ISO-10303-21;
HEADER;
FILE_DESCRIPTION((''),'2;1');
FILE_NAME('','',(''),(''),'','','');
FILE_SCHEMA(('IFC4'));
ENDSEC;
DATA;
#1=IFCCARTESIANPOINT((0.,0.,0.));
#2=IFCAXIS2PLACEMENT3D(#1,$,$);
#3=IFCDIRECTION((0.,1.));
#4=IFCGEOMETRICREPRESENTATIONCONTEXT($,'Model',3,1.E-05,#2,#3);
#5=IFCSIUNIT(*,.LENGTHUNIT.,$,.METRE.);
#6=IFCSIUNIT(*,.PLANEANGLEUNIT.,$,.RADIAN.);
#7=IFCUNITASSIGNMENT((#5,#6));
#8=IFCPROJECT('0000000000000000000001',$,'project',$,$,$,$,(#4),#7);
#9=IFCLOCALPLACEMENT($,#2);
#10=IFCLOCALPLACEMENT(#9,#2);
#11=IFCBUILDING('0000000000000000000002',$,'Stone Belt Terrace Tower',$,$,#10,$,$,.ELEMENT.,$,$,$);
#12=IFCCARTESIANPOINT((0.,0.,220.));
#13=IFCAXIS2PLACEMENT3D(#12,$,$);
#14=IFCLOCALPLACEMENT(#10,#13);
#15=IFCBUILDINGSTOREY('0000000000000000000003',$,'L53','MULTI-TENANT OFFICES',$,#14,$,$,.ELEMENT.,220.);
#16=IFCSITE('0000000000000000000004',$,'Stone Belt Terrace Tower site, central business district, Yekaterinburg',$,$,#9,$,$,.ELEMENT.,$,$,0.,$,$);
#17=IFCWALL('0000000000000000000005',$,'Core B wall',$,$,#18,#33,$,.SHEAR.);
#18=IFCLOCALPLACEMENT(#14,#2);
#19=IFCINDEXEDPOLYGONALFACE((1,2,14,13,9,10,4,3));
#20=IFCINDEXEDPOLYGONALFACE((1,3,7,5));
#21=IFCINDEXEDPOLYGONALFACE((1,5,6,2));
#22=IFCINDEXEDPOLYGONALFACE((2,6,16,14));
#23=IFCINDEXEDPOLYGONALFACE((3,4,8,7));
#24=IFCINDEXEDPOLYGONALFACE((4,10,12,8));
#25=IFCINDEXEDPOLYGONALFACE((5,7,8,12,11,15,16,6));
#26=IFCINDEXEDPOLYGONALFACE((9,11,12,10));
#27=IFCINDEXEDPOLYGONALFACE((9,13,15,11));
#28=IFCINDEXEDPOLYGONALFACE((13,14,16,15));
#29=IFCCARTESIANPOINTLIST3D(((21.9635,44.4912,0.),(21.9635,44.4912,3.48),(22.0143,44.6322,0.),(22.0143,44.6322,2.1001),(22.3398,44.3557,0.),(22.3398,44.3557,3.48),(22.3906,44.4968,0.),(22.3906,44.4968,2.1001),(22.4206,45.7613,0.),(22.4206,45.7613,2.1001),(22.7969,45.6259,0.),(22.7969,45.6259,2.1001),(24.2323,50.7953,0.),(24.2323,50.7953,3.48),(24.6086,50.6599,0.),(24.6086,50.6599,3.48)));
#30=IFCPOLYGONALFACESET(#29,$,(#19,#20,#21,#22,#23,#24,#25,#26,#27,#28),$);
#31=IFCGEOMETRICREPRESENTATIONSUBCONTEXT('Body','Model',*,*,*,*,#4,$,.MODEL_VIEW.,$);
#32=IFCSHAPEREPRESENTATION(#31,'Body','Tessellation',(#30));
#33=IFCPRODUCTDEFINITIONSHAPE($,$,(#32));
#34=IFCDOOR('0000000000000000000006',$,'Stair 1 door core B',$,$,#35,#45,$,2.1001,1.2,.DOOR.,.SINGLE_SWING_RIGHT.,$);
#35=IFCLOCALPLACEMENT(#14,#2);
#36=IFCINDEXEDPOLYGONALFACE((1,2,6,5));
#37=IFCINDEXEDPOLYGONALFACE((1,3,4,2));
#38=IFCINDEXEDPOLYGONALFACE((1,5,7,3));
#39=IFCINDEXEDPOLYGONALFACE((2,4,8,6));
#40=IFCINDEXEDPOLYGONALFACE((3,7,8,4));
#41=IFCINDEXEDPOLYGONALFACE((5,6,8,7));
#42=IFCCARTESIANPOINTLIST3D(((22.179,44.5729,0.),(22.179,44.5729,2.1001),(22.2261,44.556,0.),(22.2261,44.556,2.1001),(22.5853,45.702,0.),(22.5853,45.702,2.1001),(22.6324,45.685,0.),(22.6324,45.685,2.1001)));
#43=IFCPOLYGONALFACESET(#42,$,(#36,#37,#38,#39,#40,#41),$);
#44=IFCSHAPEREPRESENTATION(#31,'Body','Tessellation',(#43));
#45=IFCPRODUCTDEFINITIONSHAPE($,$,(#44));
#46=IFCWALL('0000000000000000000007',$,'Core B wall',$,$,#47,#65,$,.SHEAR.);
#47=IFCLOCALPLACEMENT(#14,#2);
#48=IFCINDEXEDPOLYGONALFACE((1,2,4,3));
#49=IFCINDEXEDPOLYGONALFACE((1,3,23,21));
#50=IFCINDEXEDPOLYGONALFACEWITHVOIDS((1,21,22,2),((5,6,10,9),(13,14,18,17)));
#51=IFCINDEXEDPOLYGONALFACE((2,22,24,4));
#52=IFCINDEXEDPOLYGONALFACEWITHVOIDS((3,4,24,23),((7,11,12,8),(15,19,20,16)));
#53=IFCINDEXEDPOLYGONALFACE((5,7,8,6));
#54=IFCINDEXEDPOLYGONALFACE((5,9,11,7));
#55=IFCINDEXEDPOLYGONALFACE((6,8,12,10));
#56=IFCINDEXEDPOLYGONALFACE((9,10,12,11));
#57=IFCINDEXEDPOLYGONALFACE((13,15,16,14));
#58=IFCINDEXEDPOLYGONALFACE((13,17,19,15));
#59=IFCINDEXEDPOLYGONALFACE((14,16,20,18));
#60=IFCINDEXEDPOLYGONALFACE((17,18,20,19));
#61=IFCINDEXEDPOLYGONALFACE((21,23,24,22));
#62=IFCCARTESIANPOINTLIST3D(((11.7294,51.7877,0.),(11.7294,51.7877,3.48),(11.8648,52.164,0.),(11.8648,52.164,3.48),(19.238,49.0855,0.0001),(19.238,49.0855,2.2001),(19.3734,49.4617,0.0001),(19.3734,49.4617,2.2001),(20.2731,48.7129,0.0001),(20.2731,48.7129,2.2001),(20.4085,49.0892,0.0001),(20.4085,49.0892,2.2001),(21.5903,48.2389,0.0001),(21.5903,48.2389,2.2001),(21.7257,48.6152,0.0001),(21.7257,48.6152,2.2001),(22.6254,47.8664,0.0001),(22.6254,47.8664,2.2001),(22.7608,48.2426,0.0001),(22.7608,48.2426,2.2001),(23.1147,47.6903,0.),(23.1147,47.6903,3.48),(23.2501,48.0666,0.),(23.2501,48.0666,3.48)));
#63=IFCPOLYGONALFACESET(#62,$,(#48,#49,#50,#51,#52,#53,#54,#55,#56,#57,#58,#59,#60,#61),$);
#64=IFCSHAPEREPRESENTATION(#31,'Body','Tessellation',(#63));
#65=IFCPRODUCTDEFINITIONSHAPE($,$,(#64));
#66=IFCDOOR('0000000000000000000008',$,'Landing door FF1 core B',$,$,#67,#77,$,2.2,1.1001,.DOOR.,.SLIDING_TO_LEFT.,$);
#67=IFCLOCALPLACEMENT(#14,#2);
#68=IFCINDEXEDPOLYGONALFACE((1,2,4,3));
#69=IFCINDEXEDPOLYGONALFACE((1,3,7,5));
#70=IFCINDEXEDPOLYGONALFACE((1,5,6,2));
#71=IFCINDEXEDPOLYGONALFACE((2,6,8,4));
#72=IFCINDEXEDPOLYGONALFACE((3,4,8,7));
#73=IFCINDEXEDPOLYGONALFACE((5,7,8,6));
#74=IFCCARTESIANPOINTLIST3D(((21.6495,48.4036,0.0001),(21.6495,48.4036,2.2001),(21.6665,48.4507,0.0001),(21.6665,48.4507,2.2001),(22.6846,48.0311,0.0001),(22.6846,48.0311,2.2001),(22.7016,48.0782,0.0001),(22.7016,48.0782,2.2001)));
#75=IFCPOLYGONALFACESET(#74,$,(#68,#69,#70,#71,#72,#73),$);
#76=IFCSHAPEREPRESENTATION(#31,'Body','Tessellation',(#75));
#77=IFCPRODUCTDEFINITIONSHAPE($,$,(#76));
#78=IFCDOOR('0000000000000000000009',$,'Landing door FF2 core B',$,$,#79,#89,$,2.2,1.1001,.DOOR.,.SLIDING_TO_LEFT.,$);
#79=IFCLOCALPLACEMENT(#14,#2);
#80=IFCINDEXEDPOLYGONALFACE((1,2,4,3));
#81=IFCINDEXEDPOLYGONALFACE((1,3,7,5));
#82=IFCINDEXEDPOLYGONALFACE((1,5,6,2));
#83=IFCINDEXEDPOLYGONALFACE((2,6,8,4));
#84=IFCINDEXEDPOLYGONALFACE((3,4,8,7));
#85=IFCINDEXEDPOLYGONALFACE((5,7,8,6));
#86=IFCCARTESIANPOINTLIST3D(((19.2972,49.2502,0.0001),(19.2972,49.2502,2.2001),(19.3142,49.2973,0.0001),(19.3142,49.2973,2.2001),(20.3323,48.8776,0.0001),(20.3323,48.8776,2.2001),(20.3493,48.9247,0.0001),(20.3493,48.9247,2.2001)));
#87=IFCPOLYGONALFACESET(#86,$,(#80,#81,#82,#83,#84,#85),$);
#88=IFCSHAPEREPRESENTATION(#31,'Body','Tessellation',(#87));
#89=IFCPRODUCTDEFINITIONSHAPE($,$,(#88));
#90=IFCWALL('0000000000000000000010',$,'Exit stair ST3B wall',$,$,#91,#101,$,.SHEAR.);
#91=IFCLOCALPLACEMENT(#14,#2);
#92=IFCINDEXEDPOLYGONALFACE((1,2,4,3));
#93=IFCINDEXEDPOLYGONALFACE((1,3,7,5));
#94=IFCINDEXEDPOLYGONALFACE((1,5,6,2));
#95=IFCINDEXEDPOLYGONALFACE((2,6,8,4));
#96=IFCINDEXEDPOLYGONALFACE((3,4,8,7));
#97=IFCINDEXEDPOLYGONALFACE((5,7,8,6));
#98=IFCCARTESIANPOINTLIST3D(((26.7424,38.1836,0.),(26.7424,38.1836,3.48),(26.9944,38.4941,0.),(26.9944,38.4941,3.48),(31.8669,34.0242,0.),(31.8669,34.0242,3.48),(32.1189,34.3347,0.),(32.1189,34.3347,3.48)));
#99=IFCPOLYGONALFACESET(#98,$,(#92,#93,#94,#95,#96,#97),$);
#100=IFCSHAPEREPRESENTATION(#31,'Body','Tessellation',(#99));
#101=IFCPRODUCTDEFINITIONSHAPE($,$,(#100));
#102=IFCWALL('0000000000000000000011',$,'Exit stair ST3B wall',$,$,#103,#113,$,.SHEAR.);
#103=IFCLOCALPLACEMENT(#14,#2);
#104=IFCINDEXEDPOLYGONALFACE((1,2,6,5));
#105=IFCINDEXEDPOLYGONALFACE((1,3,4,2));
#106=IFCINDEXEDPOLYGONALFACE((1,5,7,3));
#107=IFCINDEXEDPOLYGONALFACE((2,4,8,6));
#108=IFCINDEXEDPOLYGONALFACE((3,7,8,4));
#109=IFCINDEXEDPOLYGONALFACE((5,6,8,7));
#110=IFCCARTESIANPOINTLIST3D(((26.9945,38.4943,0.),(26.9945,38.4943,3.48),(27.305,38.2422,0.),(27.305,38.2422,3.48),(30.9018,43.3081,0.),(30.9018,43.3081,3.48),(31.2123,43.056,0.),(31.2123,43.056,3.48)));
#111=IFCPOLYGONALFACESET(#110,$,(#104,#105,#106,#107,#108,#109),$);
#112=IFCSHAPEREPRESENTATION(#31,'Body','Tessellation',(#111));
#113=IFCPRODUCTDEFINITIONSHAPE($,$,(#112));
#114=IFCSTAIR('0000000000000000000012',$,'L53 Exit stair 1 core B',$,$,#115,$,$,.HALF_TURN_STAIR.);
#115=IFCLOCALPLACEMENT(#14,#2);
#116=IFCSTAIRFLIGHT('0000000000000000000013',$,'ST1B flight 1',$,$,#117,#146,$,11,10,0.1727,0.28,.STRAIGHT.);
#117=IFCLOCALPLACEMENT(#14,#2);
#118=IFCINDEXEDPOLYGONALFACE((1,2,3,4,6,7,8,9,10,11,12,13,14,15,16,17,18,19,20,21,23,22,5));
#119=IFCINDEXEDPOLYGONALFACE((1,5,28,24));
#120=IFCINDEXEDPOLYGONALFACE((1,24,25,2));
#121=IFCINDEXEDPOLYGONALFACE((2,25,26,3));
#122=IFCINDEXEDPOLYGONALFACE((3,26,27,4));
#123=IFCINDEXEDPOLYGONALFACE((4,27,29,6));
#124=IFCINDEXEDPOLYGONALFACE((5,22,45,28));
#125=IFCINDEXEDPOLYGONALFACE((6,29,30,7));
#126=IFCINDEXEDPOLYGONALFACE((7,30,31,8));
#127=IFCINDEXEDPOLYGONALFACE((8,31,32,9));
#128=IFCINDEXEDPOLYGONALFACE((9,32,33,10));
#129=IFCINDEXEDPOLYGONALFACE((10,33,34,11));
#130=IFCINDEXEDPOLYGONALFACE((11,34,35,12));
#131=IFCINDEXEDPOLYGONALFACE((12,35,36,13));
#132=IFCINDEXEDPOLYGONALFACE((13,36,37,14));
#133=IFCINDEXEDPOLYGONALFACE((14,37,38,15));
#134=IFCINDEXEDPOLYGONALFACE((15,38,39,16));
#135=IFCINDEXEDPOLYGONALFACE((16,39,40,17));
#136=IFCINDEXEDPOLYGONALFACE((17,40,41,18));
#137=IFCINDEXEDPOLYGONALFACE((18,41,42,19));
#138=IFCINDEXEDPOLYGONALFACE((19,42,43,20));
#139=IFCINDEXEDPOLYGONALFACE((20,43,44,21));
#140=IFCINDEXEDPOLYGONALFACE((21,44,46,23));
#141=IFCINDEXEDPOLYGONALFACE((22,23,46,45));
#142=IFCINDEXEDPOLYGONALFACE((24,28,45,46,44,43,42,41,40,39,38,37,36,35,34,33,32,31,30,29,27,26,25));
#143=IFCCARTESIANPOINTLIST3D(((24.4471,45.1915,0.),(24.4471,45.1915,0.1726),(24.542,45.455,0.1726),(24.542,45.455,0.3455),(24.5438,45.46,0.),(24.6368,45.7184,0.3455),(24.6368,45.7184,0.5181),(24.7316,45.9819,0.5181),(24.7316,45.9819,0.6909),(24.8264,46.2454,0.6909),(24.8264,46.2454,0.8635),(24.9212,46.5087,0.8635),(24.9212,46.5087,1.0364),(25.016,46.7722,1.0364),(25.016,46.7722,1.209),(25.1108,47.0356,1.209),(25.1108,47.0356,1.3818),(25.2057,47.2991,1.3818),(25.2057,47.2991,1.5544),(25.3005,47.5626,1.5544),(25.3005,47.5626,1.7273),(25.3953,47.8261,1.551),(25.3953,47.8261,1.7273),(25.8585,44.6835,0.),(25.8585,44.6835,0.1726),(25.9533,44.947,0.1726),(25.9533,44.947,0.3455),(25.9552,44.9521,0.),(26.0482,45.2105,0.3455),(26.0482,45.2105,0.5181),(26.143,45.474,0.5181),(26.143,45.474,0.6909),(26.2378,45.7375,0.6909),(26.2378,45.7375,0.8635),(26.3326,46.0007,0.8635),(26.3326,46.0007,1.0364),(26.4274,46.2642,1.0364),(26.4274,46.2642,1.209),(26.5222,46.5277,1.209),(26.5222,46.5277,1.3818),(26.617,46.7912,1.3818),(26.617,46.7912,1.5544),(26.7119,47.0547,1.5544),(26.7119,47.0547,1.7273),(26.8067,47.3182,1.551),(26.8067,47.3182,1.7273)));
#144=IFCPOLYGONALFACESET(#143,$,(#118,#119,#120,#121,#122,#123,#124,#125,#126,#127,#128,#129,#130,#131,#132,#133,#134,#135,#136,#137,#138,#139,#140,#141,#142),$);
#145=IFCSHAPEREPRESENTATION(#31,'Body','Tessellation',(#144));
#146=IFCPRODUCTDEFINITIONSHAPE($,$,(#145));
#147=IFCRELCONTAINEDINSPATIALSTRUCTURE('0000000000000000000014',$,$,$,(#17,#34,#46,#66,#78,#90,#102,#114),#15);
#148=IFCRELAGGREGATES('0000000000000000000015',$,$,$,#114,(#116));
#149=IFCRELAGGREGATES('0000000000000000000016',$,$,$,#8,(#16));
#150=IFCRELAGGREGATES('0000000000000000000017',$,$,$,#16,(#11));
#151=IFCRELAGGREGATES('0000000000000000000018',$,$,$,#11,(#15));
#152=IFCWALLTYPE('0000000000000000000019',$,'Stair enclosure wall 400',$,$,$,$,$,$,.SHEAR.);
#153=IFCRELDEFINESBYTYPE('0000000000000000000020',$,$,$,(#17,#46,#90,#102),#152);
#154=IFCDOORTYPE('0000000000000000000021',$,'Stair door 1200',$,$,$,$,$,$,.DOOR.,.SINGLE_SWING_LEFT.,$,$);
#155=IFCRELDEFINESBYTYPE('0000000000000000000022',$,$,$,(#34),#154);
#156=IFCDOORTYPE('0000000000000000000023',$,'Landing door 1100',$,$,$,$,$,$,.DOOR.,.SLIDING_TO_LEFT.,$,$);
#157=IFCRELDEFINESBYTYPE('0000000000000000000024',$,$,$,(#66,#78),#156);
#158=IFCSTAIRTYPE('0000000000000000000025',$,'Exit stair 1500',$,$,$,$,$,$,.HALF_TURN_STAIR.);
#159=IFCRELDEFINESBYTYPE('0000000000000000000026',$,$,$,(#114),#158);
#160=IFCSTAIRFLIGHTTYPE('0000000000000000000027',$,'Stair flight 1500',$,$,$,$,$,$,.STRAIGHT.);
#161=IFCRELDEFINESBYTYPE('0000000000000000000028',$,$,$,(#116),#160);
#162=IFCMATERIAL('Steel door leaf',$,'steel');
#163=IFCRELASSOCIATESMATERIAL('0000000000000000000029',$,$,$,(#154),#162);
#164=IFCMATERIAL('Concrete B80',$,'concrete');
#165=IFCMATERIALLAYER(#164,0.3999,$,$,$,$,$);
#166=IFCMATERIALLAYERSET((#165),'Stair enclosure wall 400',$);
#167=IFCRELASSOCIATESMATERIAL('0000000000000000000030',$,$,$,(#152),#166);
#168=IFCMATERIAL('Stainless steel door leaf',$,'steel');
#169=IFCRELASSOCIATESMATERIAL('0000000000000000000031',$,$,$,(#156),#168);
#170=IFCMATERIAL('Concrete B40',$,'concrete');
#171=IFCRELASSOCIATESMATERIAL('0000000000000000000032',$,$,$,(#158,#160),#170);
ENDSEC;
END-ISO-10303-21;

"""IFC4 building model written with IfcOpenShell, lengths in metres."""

from ifc_helpers import new_model, si_unit, direction, frame, frame_2d, origin, place, context, subcontext, project, spatial, polyline, rectangle, outline, extrude, material, layer, layer_set, type_object, element, fill, aggregate, save


model = new_model("IFC4")

# Units and contexts
model_context = context("Model", 3, precision=1e-05, world=origin(), true_north=direction((0.0, 1.0)))
body_context = subcontext(model_context, "Body", "Model", "MODEL_VIEW")
ifc_project = project(units=[si_unit("LENGTHUNIT", "METRE"), si_unit("PLANEANGLEUNIT", "RADIAN")], contexts=[model_context])

# Site, building, storey
site_placement = place(None, origin())
site = spatial("IfcSite", under=ifc_project, at=site_placement, Name="Stone Belt Terrace Tower site, central business district, Yekaterinburg", CompositionType="ELEMENT", RefElevation=0.0)
building_placement = place(site_placement, origin())
building = spatial("IfcBuilding", under=site, at=building_placement, Name="Stone Belt Terrace Tower", CompositionType="ELEMENT")
storey_placement = place(building_placement, frame((0.0, 0.0, 220.0)))
storey = spatial("IfcBuildingStorey", under=building, at=storey_placement, Name="L53", Description="MULTI-TENANT OFFICES", CompositionType="ELEMENT", Elevation=220.0)

# Shared definitions
ifc_material_1 = material(Name="Concrete B80", Category="concrete")

# Wall, opening, door
ifc_material_2 = material(Name="Steel door leaf", Category="steel")
door_type_1 = type_object("IfcDoorType", Name="Stair door 1200", OperationType="SINGLE_SWING_LEFT", PredefinedType="DOOR", material=ifc_material_2)
ifc_layer_1 = layer(ifc_material_1, 0.3999)
ifc_layer_set_1 = layer_set([ifc_layer_1], Name="Stair enclosure wall 400")
wall_type_1 = type_object("IfcWallType", Name="Stair enclosure wall 400", PredefinedType="SHEAR", material=ifc_layer_set_1)
wall_1_placement = place(storey_placement, frame((22.1516, 44.4233, 0.0), z_axis=(0.0, 0.0, 1.0), x_axis=(0.338625, 0.940921, 0.0)))
wall_1 = element("IfcWall", 1, at=wall_1_placement, inside=storey, type_object=wall_type_1, Name="Core B wall", PredefinedType="SHEAR", context=body_context, shape_type="SweptSolid", body=[
    extrude(rectangle(XDim=6.7, YDim=0.3999, at=frame_2d((3.3501, 0.0))), origin(), (0.0, 0.0, 1.0), 3.48),
])
opening_1_placement = place(wall_1_placement, frame((0.1499, 0.0, 0.0)))
opening_1 = element("IfcOpeningElement", 2, at=opening_1_placement, cuts=wall_1, PredefinedType="OPENING", context=body_context, shape_type="SweptSolid", body=[
    extrude(rectangle(XDim=1.2, YDim=2.1001, at=frame_2d((0.6001, 1.05))), frame((0.0, 0.21, 0.0), z_axis=(0.0, -1.0, 0.0), x_axis=(1.0, 0.0, 0.0)), (0.0, 0.0, 1.0), 0.4199),
])
door_1_placement = place(opening_1_placement, origin())
door_1 = element("IfcDoor", 3, at=door_1_placement, inside=storey, type_object=door_type_1, Name="Stair 1 door core B", OperationType="SINGLE_SWING_RIGHT", OverallHeight=2.1001, OverallWidth=1.2, PredefinedType="DOOR", context=body_context, shape_type="SweptSolid", body=[
    extrude(rectangle(XDim=1.2, YDim=2.1001, at=frame_2d((0.6001, 1.05))), frame((0.0, 0.0249, 0.0), z_axis=(0.0, -1.0, 0.0), x_axis=(1.0, 0.0, 0.0)), (0.0, 0.0, 1.0), 0.05),
])
fill(opening_1, door_1)

# Wall, openings, doors
wall_2_placement = place(storey_placement, frame((23.1824, 47.8784, 0.0), z_axis=(0.0, 0.0, 1.0), x_axis=(-0.940921, 0.338626, 0.0)))
wall_2 = element("IfcWall", 4, at=wall_2_placement, inside=storey, type_object=wall_type_1, Name="Core B wall", PredefinedType="SHEAR", context=body_context, shape_type="SweptSolid", body=[
    extrude(rectangle(XDim=12.1001, YDim=0.3999, at=frame_2d((6.05, 0.0))), origin(), (0.0, 0.0, 1.0), 3.48),
])
opening_2_placement = place(wall_2_placement, frame((0.52, 0.0, 0.0)))
opening_2 = element("IfcOpeningElement", 5, at=opening_2_placement, cuts=wall_2, PredefinedType="OPENING", context=body_context, shape_type="SweptSolid", body=[
    extrude(rectangle(XDim=1.1001, YDim=2.2, at=frame_2d((0.55, 1.1001))), frame((0.0, 0.21, 0.0), z_axis=(0.0, -1.0, 0.0), x_axis=(1.0, 0.0, 0.0)), (0.0, 0.0, 1.0), 0.4199),
])
opening_3_placement = place(wall_2_placement, frame((3.02, 0.0, 0.0)))
opening_3 = element("IfcOpeningElement", 6, at=opening_3_placement, cuts=wall_2, PredefinedType="OPENING", context=body_context, shape_type="SweptSolid", body=[
    extrude(rectangle(XDim=1.1001, YDim=2.2, at=frame_2d((0.55, 1.1001))), frame((0.0, 0.21, 0.0), z_axis=(0.0, -1.0, 0.0), x_axis=(1.0, 0.0, 0.0)), (0.0, 0.0, 1.0), 0.4199),
])
ifc_material_3 = material(Name="Stainless steel door leaf", Category="steel")
door_type_2 = type_object("IfcDoorType", Name="Landing door 1100", OperationType="SLIDING_TO_LEFT", PredefinedType="DOOR", material=ifc_material_3)
door_2_placement = place(opening_2_placement, origin())
door_2 = element("IfcDoor", 7, at=door_2_placement, inside=storey, type_object=door_type_2, Name="Landing door FF1 core B", OperationType="SLIDING_TO_LEFT", OverallHeight=2.2, OverallWidth=1.1001, PredefinedType="DOOR", context=body_context, shape_type="SweptSolid", body=[
    extrude(rectangle(XDim=1.1001, YDim=2.2, at=frame_2d((0.55, 1.1001))), frame((0.0, 0.0249, 0.0), z_axis=(0.0, -1.0, 0.0), x_axis=(1.0, 0.0, 0.0)), (0.0, 0.0, 1.0), 0.05),
])
fill(opening_2, door_2)
door_3_placement = place(opening_3_placement, origin())
door_3 = element("IfcDoor", 8, at=door_3_placement, inside=storey, type_object=door_type_2, Name="Landing door FF2 core B", OperationType="SLIDING_TO_LEFT", OverallHeight=2.2, OverallWidth=1.1001, PredefinedType="DOOR", context=body_context, shape_type="SweptSolid", body=[
    extrude(rectangle(XDim=1.1001, YDim=2.2, at=frame_2d((0.55, 1.1001))), frame((0.0, 0.0249, 0.0), z_axis=(0.0, -1.0, 0.0), x_axis=(1.0, 0.0, 0.0)), (0.0, 0.0, 1.0), 0.05),
])
fill(opening_3, door_3)

# Walls
wall_3_placement = place(storey_placement, frame((26.8684, 38.3389, 0.0), z_axis=(0.0, 0.0, 1.0), x_axis=(0.776428, -0.630205, 0.0)))
element("IfcWall", 9, at=wall_3_placement, inside=storey, type_object=wall_type_1, Name="Exit stair ST3B wall", PredefinedType="SHEAR", context=body_context, shape_type="SweptSolid", body=[
    extrude(rectangle(XDim=6.6001, YDim=0.3999, at=frame_2d((3.3, 0.0))), origin(), (0.0, 0.0, 1.0), 3.48),
])
wall_4_placement = place(storey_placement, frame((27.1497, 38.3682, 0.0), z_axis=(0.0, 0.0, 1.0), x_axis=(0.630212, 0.776423, 0.0)))
element("IfcWall", 10, at=wall_4_placement, inside=storey, type_object=wall_type_1, Name="Exit stair ST3B wall", PredefinedType="SHEAR", context=body_context, shape_type="SweptSolid", body=[
    extrude(rectangle(XDim=6.2, YDim=0.3999, at=frame_2d((3.1001, 0.0))), origin(), (0.0, 0.0, 1.0), 3.48),
])

# Stair, stair flight
ifc_material_4 = material(Name="Concrete B40", Category="concrete")
stair_type = type_object("IfcStairType", Name="Exit stair 1500", PredefinedType="HALF_TURN_STAIR", material=ifc_material_4)
stair_placement = place(storey_placement, origin())
stair = element("IfcStair", 11, at=stair_placement, inside=storey, type_object=stair_type, Name="L53 Exit stair 1 core B", PredefinedType="HALF_TURN_STAIR")
stair_flight_type = type_object("IfcStairFlightType", Name="Stair flight 1500", PredefinedType="STRAIGHT", material=ifc_material_4)
stair_flight_1_placement = place(storey_placement, frame((25.1528, 44.9375, 0.0), z_axis=(0.0, 0.0, 1.0), x_axis=(0.338624, 0.940922, 0.0)))
stair_flight_1 = element("IfcStairFlight", 12, at=stair_flight_1_placement, type_object=stair_flight_type, Name="ST1B flight 1", NumberOfRisers=11, NumberOfTreads=10, PredefinedType="STRAIGHT", RiserHeight=0.1727, TreadLength=0.28, context=body_context, shape_type="SweptSolid", body=[
    extrude(outline(polyline([(0.0, 0.0), (0.0, 0.1726), (0.28, 0.1726), (0.28, 0.3455), (0.5601, 0.3455), (0.5601, 0.5181), (0.8401, 0.5181), (0.8401, 0.6909), (1.1201, 0.6909), (1.1201, 0.8635), (1.3999, 0.8635), (1.3999, 1.0364), (1.6799, 1.0364), (1.6799, 1.209), (1.96, 1.209), (1.96, 1.3818), (2.24, 1.3818), (2.24, 1.5544), (2.52, 1.5544), (2.52, 1.7273), (2.8, 1.7273), (2.8, 1.8999), (2.8, 1.551), (0.2854, 0.0), (0.0, 0.0)])), frame((0.0, 0.75, 0.0), z_axis=(0.0, -1.0, 0.0), x_axis=(1.0, 0.0, 0.0)), (0.0, 0.0, 1.0), 1.5),
])
aggregate(stair, [stair_flight_1])

save(model, "model.ifc")
